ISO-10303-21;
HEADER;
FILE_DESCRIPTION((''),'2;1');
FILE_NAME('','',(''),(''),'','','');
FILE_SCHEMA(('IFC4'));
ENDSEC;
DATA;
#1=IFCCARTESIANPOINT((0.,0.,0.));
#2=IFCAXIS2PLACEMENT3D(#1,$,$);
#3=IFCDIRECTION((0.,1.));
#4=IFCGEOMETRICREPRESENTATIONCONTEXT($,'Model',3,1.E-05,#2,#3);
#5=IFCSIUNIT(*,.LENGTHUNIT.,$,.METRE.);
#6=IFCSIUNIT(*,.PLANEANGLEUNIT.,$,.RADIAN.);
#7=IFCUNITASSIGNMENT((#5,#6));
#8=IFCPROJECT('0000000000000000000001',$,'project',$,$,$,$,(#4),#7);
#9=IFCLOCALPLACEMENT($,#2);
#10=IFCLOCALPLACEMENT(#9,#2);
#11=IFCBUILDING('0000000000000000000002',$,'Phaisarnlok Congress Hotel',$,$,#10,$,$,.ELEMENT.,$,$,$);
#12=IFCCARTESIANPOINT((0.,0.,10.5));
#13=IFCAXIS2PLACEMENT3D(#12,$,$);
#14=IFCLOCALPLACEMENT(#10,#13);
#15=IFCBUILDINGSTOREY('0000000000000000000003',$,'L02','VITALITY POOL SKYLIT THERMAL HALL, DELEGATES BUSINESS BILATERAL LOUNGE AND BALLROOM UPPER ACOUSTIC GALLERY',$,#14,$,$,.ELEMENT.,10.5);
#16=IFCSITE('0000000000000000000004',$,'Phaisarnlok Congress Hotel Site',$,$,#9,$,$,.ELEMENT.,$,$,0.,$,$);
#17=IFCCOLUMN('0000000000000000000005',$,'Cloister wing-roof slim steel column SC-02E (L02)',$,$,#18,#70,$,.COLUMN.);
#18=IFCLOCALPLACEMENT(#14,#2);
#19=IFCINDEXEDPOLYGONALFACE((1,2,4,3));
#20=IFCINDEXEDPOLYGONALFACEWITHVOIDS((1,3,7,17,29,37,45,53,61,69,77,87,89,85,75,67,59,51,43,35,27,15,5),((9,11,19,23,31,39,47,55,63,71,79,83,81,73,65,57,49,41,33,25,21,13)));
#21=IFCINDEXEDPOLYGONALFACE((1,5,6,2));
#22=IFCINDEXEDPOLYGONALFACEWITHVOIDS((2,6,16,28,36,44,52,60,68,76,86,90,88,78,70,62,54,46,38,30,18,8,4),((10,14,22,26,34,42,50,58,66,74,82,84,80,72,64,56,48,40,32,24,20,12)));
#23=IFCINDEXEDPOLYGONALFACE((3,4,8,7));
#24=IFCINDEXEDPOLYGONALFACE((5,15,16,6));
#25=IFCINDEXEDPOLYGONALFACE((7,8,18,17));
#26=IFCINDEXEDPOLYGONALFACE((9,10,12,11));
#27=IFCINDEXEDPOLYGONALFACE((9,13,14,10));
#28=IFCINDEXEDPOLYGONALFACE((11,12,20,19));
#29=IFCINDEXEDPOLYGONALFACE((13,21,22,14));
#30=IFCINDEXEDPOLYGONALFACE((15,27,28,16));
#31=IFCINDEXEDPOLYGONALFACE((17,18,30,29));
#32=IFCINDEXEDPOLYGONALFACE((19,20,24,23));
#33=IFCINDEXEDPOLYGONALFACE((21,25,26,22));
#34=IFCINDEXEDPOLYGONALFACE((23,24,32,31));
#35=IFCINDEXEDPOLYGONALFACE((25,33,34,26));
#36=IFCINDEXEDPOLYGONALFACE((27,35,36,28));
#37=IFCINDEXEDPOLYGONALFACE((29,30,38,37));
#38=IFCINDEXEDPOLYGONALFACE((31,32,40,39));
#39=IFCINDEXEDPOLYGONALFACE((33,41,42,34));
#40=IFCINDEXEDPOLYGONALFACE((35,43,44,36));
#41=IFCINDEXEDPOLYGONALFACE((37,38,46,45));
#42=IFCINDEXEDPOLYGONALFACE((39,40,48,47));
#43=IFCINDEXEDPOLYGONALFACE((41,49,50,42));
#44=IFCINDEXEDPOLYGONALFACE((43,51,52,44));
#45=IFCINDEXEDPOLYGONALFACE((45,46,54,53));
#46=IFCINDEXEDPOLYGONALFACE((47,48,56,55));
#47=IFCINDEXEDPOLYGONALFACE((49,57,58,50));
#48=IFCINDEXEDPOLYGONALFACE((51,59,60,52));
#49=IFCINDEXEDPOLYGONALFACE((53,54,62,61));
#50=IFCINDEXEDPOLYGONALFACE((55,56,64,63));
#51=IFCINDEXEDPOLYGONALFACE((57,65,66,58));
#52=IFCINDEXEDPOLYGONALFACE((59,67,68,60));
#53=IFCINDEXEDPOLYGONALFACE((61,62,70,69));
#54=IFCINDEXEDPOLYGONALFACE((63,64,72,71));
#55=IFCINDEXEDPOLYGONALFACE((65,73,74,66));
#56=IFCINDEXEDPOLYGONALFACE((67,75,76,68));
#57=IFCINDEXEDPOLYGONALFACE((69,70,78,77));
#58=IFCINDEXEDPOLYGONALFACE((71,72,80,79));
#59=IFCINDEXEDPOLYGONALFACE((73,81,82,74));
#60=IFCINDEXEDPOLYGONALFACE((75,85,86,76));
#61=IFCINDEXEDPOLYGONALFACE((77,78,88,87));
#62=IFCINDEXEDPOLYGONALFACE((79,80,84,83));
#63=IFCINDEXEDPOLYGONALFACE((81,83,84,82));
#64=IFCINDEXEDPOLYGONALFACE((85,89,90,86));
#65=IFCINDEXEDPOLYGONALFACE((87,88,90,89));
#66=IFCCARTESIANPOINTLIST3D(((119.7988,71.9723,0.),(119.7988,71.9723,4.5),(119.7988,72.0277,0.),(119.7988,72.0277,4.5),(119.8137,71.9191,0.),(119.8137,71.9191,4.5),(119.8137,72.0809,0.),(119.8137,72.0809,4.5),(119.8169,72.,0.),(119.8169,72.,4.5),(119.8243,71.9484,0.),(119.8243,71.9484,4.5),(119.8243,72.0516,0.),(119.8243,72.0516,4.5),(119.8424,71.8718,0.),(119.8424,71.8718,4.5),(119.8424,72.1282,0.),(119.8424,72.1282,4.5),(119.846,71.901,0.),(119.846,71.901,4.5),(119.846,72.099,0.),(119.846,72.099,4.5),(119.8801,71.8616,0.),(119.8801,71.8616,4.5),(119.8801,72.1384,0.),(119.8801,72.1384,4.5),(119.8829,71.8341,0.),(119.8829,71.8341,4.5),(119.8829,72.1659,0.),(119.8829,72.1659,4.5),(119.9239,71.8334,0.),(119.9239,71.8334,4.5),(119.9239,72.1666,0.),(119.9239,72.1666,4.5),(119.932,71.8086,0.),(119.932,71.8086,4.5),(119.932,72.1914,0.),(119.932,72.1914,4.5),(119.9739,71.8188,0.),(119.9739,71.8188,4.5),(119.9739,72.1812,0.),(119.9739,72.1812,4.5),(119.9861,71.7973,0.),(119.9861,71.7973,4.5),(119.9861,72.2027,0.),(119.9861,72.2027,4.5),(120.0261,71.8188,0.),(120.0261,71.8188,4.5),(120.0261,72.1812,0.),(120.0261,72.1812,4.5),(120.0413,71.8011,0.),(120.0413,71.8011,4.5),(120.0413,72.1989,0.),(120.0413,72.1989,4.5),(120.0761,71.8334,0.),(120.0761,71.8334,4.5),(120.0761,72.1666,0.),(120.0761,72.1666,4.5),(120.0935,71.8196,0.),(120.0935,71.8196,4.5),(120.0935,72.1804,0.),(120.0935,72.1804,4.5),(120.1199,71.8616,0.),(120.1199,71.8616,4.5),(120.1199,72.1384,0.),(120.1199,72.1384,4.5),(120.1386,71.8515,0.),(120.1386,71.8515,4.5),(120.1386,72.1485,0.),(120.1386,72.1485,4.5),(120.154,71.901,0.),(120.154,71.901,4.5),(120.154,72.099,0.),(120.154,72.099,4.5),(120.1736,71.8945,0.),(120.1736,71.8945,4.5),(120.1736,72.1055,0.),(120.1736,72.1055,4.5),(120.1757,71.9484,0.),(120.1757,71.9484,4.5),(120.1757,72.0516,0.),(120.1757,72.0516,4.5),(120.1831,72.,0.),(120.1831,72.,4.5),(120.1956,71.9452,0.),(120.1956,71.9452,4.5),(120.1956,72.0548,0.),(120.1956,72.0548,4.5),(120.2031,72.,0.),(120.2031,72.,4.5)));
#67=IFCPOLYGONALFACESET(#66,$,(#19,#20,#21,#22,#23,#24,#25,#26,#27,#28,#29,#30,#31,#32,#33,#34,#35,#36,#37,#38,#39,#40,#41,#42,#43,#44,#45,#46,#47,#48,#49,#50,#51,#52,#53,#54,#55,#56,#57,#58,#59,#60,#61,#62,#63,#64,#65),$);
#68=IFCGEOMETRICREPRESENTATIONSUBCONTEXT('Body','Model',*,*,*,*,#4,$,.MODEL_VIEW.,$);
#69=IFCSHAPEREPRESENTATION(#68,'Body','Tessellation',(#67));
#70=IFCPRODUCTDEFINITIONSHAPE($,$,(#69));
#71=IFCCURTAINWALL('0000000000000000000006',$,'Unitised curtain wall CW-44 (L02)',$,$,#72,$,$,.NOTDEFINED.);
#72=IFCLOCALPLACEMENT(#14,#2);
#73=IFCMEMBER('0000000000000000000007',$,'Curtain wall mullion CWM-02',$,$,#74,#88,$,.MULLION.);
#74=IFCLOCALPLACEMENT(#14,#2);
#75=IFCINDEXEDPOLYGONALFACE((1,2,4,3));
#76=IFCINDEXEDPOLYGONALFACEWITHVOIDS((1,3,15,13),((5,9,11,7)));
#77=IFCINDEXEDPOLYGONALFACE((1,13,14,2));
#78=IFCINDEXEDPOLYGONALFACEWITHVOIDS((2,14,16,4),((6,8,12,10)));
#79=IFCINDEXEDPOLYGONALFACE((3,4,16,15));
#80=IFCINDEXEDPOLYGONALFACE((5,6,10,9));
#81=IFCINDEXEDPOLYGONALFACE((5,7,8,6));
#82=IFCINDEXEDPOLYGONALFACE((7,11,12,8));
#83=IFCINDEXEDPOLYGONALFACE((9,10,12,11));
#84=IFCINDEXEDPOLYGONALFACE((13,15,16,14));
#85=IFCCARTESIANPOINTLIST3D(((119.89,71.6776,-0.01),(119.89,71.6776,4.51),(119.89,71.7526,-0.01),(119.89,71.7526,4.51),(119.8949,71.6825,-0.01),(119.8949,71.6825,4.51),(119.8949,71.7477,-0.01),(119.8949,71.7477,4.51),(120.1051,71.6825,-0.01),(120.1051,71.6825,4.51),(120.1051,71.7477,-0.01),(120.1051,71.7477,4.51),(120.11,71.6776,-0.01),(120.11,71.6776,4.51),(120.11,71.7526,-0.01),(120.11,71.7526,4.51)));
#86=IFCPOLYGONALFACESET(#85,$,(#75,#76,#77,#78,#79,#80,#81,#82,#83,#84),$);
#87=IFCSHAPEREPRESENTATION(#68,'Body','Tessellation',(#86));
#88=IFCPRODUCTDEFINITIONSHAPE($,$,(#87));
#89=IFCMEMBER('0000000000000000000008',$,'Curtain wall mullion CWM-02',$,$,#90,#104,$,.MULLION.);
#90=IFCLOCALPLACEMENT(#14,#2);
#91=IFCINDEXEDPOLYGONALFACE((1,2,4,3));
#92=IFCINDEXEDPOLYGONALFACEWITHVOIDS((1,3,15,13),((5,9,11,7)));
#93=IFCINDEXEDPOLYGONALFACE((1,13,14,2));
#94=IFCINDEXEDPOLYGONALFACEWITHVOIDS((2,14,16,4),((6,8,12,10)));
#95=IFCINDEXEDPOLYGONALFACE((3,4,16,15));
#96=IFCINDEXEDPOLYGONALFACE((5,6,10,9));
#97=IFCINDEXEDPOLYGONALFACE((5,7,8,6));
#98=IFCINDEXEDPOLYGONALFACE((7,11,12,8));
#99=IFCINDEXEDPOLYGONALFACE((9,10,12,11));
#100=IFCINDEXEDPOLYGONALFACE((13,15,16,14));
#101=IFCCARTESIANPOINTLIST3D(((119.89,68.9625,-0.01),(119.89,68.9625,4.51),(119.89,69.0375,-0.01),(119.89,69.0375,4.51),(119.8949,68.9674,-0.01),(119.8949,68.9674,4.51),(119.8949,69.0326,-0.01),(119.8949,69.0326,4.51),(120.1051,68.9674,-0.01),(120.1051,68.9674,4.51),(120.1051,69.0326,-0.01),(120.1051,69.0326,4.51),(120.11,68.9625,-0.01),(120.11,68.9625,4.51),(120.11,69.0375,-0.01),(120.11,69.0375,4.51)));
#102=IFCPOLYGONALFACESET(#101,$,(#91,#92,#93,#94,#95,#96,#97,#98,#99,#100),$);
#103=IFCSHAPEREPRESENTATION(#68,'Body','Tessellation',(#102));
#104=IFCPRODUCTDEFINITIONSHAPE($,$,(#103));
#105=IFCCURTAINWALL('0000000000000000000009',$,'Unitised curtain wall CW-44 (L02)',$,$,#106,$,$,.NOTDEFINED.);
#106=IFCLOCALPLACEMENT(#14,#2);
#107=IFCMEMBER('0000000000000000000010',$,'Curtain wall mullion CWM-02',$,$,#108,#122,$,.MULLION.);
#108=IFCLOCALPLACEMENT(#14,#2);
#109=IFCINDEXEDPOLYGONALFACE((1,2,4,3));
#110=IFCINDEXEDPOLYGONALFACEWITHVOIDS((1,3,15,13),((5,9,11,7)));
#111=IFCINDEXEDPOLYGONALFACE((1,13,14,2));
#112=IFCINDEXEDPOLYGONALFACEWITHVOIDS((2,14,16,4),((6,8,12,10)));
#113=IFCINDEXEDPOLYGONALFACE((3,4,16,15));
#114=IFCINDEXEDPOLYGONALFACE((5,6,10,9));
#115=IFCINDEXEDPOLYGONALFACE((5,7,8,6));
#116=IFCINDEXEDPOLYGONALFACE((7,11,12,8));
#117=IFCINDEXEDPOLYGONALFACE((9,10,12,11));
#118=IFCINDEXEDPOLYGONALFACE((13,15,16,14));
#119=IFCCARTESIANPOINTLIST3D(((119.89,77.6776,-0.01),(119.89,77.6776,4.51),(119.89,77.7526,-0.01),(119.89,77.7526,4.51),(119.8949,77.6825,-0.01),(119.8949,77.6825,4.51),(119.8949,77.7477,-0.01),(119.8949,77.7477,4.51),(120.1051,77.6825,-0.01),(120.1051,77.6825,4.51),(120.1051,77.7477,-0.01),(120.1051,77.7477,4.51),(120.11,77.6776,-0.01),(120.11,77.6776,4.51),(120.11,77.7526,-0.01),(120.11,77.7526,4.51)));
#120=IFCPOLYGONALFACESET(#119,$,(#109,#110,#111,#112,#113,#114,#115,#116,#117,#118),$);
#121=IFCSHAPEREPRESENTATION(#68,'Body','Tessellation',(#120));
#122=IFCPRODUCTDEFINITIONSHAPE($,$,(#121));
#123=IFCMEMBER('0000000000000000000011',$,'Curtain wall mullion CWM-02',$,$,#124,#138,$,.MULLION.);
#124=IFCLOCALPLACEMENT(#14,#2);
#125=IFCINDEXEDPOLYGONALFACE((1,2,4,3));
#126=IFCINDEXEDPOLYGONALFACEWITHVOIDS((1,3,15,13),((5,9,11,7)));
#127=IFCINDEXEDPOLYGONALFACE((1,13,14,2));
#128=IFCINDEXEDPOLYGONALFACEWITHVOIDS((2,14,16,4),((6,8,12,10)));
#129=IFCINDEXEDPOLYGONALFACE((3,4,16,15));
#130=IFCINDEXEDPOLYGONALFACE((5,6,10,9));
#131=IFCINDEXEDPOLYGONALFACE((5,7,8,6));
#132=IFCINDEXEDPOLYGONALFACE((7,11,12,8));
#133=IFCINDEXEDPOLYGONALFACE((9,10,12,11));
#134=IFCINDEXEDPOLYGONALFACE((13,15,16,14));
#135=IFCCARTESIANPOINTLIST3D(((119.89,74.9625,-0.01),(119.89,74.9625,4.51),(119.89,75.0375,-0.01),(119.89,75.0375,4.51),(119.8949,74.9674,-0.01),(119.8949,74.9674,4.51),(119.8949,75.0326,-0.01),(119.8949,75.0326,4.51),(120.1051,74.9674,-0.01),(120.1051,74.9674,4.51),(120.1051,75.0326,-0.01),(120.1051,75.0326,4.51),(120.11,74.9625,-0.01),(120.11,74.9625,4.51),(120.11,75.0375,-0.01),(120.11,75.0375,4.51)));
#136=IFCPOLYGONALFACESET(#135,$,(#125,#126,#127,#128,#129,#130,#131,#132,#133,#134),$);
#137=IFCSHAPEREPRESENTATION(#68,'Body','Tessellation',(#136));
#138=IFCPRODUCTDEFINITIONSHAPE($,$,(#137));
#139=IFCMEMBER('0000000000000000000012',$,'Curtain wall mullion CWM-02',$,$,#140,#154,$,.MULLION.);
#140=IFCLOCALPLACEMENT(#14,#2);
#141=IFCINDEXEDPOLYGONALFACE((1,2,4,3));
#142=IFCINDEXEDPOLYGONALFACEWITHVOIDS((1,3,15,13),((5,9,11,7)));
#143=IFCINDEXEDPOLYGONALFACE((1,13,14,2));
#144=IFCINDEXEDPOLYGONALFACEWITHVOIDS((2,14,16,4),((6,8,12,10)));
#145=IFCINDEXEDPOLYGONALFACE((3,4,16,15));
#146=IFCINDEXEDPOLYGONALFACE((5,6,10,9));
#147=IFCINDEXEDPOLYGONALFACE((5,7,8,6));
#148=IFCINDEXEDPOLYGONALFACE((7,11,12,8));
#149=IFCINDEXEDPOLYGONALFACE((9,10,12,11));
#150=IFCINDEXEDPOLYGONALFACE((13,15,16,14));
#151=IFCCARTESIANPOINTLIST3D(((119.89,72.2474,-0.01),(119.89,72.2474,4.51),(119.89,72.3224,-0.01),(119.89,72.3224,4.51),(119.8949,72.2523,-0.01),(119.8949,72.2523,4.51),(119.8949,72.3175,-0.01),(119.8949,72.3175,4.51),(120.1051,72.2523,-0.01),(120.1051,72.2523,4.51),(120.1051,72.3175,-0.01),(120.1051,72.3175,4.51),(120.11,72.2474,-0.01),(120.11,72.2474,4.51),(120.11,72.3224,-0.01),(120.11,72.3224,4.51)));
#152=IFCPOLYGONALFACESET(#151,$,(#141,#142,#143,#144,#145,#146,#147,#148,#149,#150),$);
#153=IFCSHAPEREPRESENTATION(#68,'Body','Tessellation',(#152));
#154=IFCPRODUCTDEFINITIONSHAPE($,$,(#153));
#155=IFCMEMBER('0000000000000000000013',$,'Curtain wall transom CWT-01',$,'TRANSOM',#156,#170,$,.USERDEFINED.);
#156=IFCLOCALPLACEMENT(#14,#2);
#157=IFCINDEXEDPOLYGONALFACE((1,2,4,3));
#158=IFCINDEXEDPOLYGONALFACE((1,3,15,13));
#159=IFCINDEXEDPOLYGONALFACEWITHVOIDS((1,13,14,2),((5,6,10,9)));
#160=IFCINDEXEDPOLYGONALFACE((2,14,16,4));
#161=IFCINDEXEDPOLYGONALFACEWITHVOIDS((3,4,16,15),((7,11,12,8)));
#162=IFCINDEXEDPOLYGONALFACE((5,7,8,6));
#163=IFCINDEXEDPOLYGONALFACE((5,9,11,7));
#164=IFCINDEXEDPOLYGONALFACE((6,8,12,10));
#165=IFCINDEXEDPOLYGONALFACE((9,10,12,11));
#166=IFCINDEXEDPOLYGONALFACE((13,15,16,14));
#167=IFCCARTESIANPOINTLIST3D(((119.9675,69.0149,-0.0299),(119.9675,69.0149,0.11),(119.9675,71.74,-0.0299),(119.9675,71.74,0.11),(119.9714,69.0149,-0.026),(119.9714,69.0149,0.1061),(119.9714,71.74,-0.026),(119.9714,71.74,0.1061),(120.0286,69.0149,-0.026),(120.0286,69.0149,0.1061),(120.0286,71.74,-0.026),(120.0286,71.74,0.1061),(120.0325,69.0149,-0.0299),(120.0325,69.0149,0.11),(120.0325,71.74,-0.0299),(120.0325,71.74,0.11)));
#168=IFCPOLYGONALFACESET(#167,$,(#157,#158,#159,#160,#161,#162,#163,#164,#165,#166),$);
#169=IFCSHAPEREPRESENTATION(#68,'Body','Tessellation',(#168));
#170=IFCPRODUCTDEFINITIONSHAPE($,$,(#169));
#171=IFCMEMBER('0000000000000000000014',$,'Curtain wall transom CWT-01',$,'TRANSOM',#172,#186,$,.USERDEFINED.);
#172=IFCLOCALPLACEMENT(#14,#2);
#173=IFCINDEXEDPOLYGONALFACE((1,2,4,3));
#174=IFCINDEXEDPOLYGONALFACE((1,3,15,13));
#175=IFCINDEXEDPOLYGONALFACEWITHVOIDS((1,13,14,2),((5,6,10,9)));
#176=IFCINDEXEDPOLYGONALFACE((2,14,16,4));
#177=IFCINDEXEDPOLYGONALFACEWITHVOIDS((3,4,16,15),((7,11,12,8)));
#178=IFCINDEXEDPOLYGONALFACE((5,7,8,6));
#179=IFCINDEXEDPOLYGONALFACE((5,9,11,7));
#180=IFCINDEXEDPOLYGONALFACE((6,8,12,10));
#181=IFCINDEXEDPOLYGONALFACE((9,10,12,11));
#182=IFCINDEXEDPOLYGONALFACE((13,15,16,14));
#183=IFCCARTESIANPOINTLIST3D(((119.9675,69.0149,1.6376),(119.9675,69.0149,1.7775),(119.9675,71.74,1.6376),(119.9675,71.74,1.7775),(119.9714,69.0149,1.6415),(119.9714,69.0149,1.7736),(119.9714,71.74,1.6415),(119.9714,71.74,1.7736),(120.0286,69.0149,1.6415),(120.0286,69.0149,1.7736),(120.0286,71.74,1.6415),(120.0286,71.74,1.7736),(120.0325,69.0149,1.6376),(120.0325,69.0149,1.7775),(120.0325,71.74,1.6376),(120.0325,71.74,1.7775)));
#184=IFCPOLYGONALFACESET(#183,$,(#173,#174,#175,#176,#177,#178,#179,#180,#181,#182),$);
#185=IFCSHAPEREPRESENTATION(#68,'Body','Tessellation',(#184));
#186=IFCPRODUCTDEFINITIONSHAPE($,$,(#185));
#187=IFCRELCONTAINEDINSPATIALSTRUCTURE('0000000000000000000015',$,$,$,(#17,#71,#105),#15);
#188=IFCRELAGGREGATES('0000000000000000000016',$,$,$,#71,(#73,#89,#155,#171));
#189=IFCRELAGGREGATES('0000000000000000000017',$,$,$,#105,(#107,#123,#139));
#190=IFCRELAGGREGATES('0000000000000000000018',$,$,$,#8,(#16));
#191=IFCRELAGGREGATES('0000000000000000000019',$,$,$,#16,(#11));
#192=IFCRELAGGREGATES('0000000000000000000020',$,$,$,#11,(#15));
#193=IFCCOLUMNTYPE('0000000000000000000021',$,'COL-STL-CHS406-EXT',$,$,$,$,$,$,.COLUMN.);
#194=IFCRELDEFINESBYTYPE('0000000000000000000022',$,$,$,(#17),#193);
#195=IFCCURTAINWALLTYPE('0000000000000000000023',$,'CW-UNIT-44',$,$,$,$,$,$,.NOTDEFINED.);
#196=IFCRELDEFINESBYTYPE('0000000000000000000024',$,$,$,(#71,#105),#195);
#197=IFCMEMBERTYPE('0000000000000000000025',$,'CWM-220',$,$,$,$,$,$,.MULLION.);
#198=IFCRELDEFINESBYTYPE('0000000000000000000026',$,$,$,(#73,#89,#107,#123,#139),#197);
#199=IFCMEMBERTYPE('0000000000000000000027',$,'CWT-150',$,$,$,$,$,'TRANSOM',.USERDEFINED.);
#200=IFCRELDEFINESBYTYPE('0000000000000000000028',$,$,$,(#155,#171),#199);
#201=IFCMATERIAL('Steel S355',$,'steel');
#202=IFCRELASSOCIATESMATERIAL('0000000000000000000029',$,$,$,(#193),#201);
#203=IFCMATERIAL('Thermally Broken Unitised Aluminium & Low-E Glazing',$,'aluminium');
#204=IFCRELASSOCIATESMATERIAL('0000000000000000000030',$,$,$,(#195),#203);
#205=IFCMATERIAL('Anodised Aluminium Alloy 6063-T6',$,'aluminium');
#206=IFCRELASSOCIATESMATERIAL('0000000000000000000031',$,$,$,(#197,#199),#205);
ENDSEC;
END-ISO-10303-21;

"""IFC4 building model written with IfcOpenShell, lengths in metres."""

from ifc_helpers import new_model, si_unit, direction, frame, origin, origin_2d, place, context, subcontext, project, spatial, hollow_rectangle, hollow_circle, extrude, material, material_profile, profile_set, type_object, element, aggregate, save


model = new_model("IFC4")

# Units and contexts
model_context = context("Model", 3, precision=1e-05, world=origin(), true_north=direction((0.0, 1.0)))
body_context = subcontext(model_context, "Body", "Model", "MODEL_VIEW")
ifc_project = project(units=[si_unit("LENGTHUNIT", "METRE"), si_unit("PLANEANGLEUNIT", "RADIAN")], contexts=[model_context])

# Site, building, storey
site_placement = place(None, origin())
site = spatial("IfcSite", under=ifc_project, at=site_placement, Name="Phaisarnlok Congress Hotel Site", CompositionType="ELEMENT", RefElevation=0.0)
building_placement = place(site_placement, origin())
building = spatial("IfcBuilding", under=site, at=building_placement, Name="Phaisarnlok Congress Hotel", CompositionType="ELEMENT")
storey_placement = place(building_placement, frame((0.0, 0.0, 10.5)))
storey = spatial("IfcBuildingStorey", under=building, at=storey_placement, Name="L02", Description="VITALITY POOL SKYLIT THERMAL HALL, DELEGATES BUSINESS BILATERAL LOUNGE AND BALLROOM UPPER ACOUSTIC GALLERY", CompositionType="ELEMENT", Elevation=10.5)

# Column
ifc_material_1 = material(Name="Steel S355", Category="steel")
ifc_material_profile_1 = material_profile(ifc_material_1, hollow_circle(Radius=0.2031, WallThickness=0.02, at=origin_2d()), Name="CHS 406.4x20")
ifc_profile_set_1 = profile_set([ifc_material_profile_1], Name="Steel S355")
column_type = type_object("IfcColumnType", Name="COL-STL-CHS406-EXT", PredefinedType="COLUMN", material=ifc_profile_set_1)
column_placement = place(storey_placement, frame((120.0, 72.0, 0.0), z_axis=(0.0, 0.0, 1.0), x_axis=(1.0, 0.0, 0.0)))
element("IfcColumn", 1, at=column_placement, inside=storey, type_object=column_type, Name="Cloister wing-roof slim steel column SC-02E (L02)", PredefinedType="COLUMN", context=body_context, shape_type="SweptSolid", body=[
    extrude(hollow_circle(Radius=0.2031, WallThickness=0.02, at=origin_2d()), origin(), (0.0, 0.0, 1.0), 4.5),
])

# Curtain walls, members
ifc_material_2 = material(Name="Thermally Broken Unitised Aluminium & Low-E Glazing", Category="aluminium")
curtain_wall_type = type_object("IfcCurtainWallType", Name="CW-UNIT-44", PredefinedType="NOTDEFINED", material=ifc_material_2)
curtain_wall_1_placement = place(storey_placement, origin())
curtain_wall_1 = element("IfcCurtainWall", 2, at=curtain_wall_1_placement, inside=storey, type_object=curtain_wall_type, Name="Unitised curtain wall CW-44 (L02)", PredefinedType="NOTDEFINED")
ifc_material_3 = material(Name="Anodised Aluminium Alloy 6063-T6", Category="aluminium")
ifc_material_profile_2 = material_profile(ifc_material_3, hollow_rectangle(XDim=0.075, YDim=0.22, WallThickness=0.0049, at=origin_2d()), Name="ALU-M 75x220x5")
ifc_profile_set_2 = profile_set([ifc_material_profile_2], Name="Anodised Aluminium Alloy 6063-T6")
member_type_1 = type_object("IfcMemberType", Name="CWM-220", PredefinedType="MULLION", material=ifc_profile_set_2)
member_1_placement = place(storey_placement, frame((120.0, 71.7151, -0.01), z_axis=(0.0, 0.0, 1.0), x_axis=(0.0, -1.0, 0.0)))
member_1 = element("IfcMember", 3, at=member_1_placement, type_object=member_type_1, Name="Curtain wall mullion CWM-02", PredefinedType="MULLION", context=body_context, shape_type="SweptSolid", body=[
    extrude(hollow_rectangle(XDim=0.075, YDim=0.22, WallThickness=0.0049, at=origin_2d()), origin(), (0.0, 0.0, 1.0), 4.52),
])
member_2_placement = place(storey_placement, frame((120.0, 69.0, -0.01), z_axis=(0.0, 0.0, 1.0), x_axis=(0.0, -1.0, 0.0)))
member_2 = element("IfcMember", 4, at=member_2_placement, type_object=member_type_1, Name="Curtain wall mullion CWM-02", PredefinedType="MULLION", context=body_context, shape_type="SweptSolid", body=[
    extrude(hollow_rectangle(XDim=0.075, YDim=0.22, WallThickness=0.0049, at=origin_2d()), origin(), (0.0, 0.0, 1.0), 4.52),
])
curtain_wall_2_placement = place(storey_placement, origin())
curtain_wall_2 = element("IfcCurtainWall", 5, at=curtain_wall_2_placement, inside=storey, type_object=curtain_wall_type, Name="Unitised curtain wall CW-44 (L02)", PredefinedType="NOTDEFINED")
member_3_placement = place(storey_placement, frame((120.0, 77.7151, -0.01), z_axis=(0.0, 0.0, 1.0), x_axis=(0.0, -1.0, 0.0)))
member_3 = element("IfcMember", 6, at=member_3_placement, type_object=member_type_1, Name="Curtain wall mullion CWM-02", PredefinedType="MULLION", context=body_context, shape_type="SweptSolid", body=[
    extrude(hollow_rectangle(XDim=0.075, YDim=0.22, WallThickness=0.0049, at=origin_2d()), origin(), (0.0, 0.0, 1.0), 4.52),
])
member_4_placement = place(storey_placement, frame((120.0, 75.0, -0.01), z_axis=(0.0, 0.0, 1.0), x_axis=(0.0, -1.0, 0.0)))
member_4 = element("IfcMember", 7, at=member_4_placement, type_object=member_type_1, Name="Curtain wall mullion CWM-02", PredefinedType="MULLION", context=body_context, shape_type="SweptSolid", body=[
    extrude(hollow_rectangle(XDim=0.075, YDim=0.22, WallThickness=0.0049, at=origin_2d()), origin(), (0.0, 0.0, 1.0), 4.52),
])
member_5_placement = place(storey_placement, frame((120.0, 72.2849, -0.01), z_axis=(0.0, 0.0, 1.0), x_axis=(0.0, -1.0, 0.0)))
member_5 = element("IfcMember", 8, at=member_5_placement, type_object=member_type_1, Name="Curtain wall mullion CWM-02", PredefinedType="MULLION", context=body_context, shape_type="SweptSolid", body=[
    extrude(hollow_rectangle(XDim=0.075, YDim=0.22, WallThickness=0.0049, at=origin_2d()), origin(), (0.0, 0.0, 1.0), 4.52),
])

# Members
ifc_material_profile_3 = material_profile(ifc_material_3, hollow_rectangle(XDim=0.0649, YDim=0.1399, WallThickness=0.0039, at=origin_2d()), Name="ALU-T 65x140x4")
ifc_profile_set_3 = profile_set([ifc_material_profile_3], Name="Anodised Aluminium Alloy 6063-T6")
member_type_2 = type_object("IfcMemberType", Name="CWT-150", ElementType="TRANSOM", PredefinedType="USERDEFINED", material=ifc_profile_set_3)
member_6_placement = place(storey_placement, frame((120.0, 71.74, 0.04), z_axis=(0.0, -1.0, 0.0), x_axis=(1.0, 0.0, 0.0)))
member_6 = element("IfcMember", 9, at=member_6_placement, type_object=member_type_2, Name="Curtain wall transom CWT-01", ObjectType="TRANSOM", PredefinedType="USERDEFINED", context=body_context, shape_type="SweptSolid", body=[
    extrude(hollow_rectangle(XDim=0.0649, YDim=0.1399, WallThickness=0.0039, at=origin_2d()), origin(), (0.0, 0.0, 1.0), 2.7251),
])
member_7_placement = place(storey_placement, frame((120.0, 71.74, 1.7075), z_axis=(0.0, -1.0, 0.0), x_axis=(1.0, 0.0, 0.0)))
member_7 = element("IfcMember", 10, at=member_7_placement, type_object=member_type_2, Name="Curtain wall transom CWT-01", ObjectType="TRANSOM", PredefinedType="USERDEFINED", context=body_context, shape_type="SweptSolid", body=[
    extrude(hollow_rectangle(XDim=0.0649, YDim=0.1399, WallThickness=0.0039, at=origin_2d()), origin(), (0.0, 0.0, 1.0), 2.7251),
])

aggregate(curtain_wall_1, [member_1, member_2, member_6, member_7])
aggregate(curtain_wall_2, [member_3, member_4, member_5])

save(model, "model.ifc")
